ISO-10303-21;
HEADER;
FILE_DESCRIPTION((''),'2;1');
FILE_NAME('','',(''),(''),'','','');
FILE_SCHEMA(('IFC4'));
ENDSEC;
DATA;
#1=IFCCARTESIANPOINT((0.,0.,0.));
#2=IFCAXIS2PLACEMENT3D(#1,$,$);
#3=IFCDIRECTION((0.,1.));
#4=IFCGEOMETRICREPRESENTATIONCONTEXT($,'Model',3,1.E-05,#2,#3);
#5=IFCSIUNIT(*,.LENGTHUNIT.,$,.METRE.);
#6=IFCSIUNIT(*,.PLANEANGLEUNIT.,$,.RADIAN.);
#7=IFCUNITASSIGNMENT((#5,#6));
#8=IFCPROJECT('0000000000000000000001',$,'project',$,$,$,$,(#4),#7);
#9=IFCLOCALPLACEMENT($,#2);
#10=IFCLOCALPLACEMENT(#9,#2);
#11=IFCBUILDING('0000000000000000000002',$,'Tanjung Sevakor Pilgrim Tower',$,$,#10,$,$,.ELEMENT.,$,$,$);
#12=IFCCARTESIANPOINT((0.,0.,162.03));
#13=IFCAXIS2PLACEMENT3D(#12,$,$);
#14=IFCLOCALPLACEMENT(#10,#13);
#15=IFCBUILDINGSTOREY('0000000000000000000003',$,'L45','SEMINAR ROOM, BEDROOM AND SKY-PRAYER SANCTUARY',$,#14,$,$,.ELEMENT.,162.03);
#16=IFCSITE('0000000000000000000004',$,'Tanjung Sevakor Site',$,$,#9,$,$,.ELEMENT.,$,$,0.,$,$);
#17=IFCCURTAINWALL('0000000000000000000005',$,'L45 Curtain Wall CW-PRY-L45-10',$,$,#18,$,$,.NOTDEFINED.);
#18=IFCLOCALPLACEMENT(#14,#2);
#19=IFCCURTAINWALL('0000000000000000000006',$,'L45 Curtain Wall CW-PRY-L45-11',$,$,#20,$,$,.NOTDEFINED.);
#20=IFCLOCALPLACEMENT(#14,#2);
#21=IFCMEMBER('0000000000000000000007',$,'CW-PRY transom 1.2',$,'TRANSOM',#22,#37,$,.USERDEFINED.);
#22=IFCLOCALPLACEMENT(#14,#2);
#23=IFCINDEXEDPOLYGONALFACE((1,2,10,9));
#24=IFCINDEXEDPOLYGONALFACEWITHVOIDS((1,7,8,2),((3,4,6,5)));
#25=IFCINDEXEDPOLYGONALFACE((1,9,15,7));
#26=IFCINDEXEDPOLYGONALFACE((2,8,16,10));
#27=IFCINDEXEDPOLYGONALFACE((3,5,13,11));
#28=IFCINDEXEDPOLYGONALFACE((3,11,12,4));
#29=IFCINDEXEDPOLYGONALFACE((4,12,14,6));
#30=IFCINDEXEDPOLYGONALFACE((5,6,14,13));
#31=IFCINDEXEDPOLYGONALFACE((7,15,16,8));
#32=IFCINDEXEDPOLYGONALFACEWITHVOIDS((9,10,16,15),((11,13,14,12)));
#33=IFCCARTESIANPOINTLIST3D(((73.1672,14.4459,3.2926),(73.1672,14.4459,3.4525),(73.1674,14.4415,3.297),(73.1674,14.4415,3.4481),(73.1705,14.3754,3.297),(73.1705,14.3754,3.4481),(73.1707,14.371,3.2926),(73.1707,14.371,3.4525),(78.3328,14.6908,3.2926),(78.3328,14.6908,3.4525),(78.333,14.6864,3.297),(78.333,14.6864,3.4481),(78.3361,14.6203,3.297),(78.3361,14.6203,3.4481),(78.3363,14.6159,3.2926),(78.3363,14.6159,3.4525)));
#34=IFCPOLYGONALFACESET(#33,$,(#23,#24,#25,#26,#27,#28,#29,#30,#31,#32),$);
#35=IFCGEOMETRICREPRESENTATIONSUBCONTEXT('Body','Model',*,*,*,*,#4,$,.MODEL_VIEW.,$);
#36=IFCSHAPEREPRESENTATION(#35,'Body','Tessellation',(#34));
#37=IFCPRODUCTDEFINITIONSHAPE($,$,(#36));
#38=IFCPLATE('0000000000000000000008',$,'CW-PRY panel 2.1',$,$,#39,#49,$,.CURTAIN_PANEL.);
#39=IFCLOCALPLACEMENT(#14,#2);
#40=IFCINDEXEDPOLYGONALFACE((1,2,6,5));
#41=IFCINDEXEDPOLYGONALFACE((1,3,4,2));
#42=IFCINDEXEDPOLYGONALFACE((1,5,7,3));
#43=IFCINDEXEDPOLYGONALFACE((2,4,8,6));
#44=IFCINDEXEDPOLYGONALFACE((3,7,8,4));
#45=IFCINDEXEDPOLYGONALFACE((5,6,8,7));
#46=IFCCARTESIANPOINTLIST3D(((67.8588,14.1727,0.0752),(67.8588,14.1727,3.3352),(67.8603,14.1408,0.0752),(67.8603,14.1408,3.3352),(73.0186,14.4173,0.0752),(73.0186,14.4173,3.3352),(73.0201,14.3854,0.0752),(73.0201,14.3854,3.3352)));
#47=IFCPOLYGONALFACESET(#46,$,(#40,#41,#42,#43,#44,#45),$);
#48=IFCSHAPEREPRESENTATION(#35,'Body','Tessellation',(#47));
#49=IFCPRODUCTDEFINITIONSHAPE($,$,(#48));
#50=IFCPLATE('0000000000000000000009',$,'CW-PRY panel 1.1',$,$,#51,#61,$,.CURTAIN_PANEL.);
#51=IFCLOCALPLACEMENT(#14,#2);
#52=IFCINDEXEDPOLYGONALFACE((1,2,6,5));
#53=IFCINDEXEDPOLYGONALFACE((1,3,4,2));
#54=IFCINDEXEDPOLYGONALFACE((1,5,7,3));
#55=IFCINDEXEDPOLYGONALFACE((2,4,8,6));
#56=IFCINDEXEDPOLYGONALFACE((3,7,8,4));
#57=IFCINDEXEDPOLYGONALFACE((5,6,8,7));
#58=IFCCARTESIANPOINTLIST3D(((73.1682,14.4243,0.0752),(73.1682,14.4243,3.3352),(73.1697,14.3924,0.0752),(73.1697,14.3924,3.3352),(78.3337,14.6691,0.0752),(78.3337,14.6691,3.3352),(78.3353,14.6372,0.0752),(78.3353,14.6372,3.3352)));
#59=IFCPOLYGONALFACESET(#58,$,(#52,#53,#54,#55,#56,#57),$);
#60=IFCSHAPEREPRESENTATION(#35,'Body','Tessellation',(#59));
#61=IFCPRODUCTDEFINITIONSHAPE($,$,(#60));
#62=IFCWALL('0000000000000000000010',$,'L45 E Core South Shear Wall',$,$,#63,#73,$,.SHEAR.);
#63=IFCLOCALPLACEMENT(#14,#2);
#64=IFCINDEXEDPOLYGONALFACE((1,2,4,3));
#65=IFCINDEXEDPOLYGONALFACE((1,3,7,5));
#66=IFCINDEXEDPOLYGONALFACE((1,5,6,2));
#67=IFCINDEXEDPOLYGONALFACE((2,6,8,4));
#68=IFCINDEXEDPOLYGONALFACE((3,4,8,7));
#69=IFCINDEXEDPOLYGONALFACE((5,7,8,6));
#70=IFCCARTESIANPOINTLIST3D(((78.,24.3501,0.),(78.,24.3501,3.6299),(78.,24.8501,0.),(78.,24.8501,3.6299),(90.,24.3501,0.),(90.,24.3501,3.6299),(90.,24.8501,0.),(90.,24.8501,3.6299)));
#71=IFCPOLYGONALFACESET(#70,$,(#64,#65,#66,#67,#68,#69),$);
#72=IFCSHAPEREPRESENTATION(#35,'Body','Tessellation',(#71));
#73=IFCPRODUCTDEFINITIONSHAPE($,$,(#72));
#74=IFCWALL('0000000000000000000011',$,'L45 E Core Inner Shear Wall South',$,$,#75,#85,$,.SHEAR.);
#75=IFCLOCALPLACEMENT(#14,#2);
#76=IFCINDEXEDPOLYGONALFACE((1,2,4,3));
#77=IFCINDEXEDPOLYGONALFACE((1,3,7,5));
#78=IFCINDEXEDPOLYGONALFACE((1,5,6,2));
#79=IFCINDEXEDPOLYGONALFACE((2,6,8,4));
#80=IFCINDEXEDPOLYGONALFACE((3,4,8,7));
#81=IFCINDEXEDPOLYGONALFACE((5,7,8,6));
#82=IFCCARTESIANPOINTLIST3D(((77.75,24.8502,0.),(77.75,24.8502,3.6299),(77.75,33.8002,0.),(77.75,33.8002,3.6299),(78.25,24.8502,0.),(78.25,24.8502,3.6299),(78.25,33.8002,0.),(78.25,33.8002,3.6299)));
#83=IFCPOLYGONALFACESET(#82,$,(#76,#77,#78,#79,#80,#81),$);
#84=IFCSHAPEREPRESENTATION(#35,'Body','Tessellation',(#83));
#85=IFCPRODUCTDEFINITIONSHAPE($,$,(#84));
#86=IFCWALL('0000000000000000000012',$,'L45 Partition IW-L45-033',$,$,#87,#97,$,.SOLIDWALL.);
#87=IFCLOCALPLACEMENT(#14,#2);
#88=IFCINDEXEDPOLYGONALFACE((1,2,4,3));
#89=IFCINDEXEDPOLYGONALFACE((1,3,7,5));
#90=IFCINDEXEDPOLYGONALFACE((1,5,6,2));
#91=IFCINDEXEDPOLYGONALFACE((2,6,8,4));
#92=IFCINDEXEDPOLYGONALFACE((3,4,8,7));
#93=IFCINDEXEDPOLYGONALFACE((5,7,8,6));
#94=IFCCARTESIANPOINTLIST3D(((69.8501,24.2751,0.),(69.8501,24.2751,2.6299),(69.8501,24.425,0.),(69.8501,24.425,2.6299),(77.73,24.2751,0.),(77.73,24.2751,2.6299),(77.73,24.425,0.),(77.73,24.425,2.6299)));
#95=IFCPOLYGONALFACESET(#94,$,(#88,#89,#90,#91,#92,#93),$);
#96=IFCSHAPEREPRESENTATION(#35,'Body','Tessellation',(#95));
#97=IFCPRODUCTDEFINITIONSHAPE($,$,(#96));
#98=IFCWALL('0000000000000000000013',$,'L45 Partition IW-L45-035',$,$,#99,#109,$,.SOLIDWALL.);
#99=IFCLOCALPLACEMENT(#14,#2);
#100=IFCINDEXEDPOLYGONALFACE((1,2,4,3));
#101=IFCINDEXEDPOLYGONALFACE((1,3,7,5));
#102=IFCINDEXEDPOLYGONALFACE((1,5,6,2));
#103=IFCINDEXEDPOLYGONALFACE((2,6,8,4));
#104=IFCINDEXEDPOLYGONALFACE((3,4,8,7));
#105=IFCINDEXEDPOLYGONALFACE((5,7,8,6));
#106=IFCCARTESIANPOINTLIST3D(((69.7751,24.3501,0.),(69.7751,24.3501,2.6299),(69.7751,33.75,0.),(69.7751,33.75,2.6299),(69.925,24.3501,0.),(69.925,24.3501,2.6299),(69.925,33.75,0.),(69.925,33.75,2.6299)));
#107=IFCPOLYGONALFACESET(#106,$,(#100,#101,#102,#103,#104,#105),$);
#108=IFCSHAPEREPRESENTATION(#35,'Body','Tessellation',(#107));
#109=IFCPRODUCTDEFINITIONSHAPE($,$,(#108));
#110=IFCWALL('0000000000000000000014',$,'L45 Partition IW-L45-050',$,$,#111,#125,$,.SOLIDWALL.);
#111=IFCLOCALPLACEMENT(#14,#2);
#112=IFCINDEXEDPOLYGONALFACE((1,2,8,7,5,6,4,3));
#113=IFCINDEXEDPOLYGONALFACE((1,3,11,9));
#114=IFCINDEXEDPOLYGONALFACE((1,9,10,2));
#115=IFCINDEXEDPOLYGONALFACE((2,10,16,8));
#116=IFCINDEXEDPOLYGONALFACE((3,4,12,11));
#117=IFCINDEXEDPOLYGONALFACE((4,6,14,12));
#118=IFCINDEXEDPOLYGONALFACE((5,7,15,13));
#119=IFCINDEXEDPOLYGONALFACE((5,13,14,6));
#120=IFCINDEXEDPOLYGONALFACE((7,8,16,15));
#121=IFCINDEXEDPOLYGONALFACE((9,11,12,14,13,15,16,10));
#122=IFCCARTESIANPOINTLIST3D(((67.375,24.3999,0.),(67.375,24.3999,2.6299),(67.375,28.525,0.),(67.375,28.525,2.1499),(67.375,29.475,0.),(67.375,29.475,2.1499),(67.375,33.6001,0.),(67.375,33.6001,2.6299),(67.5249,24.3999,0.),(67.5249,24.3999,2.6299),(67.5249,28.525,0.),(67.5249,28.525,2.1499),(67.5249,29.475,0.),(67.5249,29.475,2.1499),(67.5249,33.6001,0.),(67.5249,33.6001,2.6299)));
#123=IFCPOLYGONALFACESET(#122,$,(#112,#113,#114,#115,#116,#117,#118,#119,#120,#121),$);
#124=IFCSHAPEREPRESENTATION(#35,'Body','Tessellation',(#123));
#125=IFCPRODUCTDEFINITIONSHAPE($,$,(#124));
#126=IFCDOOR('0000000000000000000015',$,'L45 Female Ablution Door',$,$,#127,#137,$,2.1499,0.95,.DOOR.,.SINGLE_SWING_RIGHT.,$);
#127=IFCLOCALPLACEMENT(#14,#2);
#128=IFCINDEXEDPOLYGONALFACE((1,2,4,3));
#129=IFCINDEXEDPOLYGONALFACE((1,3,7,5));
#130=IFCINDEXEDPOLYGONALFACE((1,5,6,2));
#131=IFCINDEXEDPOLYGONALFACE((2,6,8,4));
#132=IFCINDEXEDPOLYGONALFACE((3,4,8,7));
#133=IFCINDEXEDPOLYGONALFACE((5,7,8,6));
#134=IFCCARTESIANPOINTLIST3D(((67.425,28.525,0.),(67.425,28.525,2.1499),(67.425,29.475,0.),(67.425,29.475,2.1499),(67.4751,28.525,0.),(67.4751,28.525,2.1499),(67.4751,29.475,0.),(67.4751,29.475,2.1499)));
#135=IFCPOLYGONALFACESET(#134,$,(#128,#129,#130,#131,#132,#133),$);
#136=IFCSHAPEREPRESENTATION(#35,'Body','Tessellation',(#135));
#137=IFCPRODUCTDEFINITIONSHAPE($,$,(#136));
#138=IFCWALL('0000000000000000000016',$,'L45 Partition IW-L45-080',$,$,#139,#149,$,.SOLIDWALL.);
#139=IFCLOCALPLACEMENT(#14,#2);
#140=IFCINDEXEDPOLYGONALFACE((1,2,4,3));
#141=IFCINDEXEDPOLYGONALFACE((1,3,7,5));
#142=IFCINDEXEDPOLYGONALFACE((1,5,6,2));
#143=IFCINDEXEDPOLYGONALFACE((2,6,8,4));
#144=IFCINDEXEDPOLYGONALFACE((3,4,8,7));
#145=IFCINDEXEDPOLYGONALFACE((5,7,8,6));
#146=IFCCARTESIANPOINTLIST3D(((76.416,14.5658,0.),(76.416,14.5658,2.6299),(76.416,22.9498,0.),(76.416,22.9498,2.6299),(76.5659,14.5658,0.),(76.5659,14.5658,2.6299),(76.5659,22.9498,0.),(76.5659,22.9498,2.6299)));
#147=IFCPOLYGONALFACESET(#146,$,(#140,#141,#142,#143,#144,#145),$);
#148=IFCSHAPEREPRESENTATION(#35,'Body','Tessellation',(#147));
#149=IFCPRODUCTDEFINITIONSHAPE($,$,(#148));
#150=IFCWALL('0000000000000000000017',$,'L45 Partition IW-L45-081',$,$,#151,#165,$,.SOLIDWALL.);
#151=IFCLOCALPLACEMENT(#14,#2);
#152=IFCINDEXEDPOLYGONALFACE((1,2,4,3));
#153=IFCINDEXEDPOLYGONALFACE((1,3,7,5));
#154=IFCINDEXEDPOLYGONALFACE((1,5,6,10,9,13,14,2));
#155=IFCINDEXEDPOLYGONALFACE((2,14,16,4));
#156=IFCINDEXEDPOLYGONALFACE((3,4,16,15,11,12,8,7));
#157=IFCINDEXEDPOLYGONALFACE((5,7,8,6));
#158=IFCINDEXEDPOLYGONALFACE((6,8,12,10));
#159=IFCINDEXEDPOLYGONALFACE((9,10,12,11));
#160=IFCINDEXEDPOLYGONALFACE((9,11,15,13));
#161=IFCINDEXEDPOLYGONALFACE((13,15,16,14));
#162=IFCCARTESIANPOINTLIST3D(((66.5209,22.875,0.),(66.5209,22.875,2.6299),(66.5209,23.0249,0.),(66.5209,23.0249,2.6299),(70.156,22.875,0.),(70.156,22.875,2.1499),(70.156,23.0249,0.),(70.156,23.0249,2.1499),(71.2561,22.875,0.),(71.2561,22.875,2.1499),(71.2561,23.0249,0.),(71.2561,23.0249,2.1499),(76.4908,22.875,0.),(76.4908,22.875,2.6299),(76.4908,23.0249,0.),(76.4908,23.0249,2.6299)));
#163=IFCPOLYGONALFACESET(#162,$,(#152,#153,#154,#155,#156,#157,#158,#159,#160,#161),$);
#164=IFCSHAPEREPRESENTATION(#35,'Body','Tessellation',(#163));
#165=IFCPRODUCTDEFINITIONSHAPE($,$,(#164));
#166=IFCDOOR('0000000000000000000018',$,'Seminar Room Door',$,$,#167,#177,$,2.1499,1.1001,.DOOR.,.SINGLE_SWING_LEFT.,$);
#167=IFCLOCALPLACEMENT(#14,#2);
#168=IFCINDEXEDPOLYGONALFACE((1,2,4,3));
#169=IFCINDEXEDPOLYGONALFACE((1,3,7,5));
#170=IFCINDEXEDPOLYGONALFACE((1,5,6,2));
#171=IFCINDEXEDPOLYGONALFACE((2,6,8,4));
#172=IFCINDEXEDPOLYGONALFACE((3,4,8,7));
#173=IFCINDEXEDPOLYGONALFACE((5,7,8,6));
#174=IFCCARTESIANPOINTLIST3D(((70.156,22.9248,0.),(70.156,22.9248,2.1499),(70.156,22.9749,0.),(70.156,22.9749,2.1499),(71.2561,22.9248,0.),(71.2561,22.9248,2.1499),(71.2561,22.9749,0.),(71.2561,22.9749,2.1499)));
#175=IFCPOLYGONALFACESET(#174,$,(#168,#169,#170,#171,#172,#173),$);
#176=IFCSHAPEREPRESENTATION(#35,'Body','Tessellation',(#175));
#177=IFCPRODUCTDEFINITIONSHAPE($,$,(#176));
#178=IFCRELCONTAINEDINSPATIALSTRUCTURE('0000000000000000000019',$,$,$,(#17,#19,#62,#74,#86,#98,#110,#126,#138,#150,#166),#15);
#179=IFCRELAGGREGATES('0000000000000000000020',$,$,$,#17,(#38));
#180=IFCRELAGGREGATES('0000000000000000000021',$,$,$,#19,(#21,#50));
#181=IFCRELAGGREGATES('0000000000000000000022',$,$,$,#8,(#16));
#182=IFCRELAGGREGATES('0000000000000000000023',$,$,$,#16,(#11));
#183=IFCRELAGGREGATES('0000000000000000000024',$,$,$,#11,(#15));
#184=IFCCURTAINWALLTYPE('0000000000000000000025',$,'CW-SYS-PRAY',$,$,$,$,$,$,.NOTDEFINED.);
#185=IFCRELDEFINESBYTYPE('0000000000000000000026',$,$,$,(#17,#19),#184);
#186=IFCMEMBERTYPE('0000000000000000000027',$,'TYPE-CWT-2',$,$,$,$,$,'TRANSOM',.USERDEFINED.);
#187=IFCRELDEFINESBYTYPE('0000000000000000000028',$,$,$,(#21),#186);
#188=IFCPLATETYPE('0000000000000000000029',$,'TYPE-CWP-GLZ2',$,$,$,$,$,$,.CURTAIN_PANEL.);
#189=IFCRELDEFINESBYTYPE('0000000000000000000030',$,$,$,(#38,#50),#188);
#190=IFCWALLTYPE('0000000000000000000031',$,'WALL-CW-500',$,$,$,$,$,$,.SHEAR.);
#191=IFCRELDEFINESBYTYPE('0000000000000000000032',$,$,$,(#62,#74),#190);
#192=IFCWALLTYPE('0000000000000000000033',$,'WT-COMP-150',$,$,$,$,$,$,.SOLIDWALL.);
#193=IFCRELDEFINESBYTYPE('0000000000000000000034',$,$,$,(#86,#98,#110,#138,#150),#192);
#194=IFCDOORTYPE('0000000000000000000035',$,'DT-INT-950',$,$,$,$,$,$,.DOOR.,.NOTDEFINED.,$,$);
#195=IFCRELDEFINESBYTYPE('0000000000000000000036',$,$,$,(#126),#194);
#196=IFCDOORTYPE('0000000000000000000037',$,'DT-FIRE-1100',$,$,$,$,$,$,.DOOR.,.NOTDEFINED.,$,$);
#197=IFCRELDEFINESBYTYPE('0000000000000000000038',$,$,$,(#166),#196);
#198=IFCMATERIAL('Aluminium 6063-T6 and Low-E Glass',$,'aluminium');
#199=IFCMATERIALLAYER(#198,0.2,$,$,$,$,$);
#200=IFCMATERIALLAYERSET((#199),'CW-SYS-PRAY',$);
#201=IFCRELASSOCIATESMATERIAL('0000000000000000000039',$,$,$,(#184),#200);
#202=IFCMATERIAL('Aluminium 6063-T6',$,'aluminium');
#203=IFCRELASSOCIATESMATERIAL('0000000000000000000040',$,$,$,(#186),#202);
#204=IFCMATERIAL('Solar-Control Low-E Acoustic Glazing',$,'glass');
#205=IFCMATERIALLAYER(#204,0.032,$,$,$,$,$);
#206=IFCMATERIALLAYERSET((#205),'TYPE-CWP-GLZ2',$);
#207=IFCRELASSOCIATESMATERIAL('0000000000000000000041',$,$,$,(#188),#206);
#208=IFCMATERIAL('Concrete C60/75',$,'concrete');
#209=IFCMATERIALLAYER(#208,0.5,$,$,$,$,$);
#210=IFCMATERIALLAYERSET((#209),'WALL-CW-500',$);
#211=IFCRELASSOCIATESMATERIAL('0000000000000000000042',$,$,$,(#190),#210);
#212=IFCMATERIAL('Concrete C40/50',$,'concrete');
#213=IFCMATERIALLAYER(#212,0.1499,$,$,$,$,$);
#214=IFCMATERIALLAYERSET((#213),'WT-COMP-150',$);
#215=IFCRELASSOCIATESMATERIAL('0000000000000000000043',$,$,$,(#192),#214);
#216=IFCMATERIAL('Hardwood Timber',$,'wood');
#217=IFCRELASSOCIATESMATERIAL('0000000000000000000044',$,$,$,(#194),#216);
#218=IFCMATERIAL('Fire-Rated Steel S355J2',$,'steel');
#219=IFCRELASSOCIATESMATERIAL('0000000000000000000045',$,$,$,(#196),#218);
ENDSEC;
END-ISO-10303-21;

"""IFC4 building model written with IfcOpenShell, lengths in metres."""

from ifc_helpers import new_model, si_unit, direction, frame, frame_2d, origin, origin_2d, place, context, subcontext, project, spatial, rectangle, hollow_rectangle, extrude, material, layer, layer_set, material_profile, profile_set, type_object, element, fill, aggregate, save


model = new_model("IFC4")

# Units and contexts
model_context = context("Model", 3, precision=1e-05, world=origin(), true_north=direction((0.0, 1.0)))
body_context = subcontext(model_context, "Body", "Model", "MODEL_VIEW")
ifc_project = project(units=[si_unit("LENGTHUNIT", "METRE"), si_unit("PLANEANGLEUNIT", "RADIAN")], contexts=[model_context])

# Site, building, storey
site_placement = place(None, origin())
site = spatial("IfcSite", under=ifc_project, at=site_placement, Name="Tanjung Sevakor Site", CompositionType="ELEMENT", RefElevation=0.0)
building_placement = place(site_placement, origin())
building = spatial("IfcBuilding", under=site, at=building_placement, Name="Tanjung Sevakor Pilgrim Tower", CompositionType="ELEMENT")
storey_placement = place(building_placement, frame((0.0, 0.0, 162.03)))
storey = spatial("IfcBuildingStorey", under=building, at=storey_placement, Name="L45", Description="SEMINAR ROOM, BEDROOM AND SKY-PRAYER SANCTUARY", CompositionType="ELEMENT", Elevation=162.03)

# Curtain wall
ifc_material_1 = material(Name="Aluminium 6063-T6 and Low-E Glass", Category="aluminium")
ifc_layer_1 = layer(ifc_material_1, 0.2)
ifc_layer_set_1 = layer_set([ifc_layer_1], Name="CW-SYS-PRAY")
curtain_wall_type = type_object("IfcCurtainWallType", Name="CW-SYS-PRAY", PredefinedType="NOTDEFINED", material=ifc_layer_set_1)
curtain_wall_1_placement = place(storey_placement, origin())
curtain_wall_1 = element("IfcCurtainWall", 1, at=curtain_wall_1_placement, inside=storey, type_object=curtain_wall_type, Name="L45 Curtain Wall CW-PRY-L45-10", PredefinedType="NOTDEFINED")

# Curtain wall
curtain_wall_2_placement = place(storey_placement, origin())
curtain_wall_2 = element("IfcCurtainWall", 2, at=curtain_wall_2_placement, inside=storey, type_object=curtain_wall_type, Name="L45 Curtain Wall CW-PRY-L45-11", PredefinedType="NOTDEFINED")

# Member
ifc_material_2 = material(Name="Aluminium 6063-T6", Category="aluminium")
ifc_material_profile_1 = material_profile(ifc_material_2, hollow_rectangle(XDim=0.075, YDim=0.1599, WallThickness=0.0044, at=origin_2d()))
ifc_profile_set_1 = profile_set([ifc_material_profile_1], Name="Aluminium 6063-T6")
member_type_1 = type_object("IfcMemberType", Name="TYPE-CWT-2", ElementType="TRANSOM", PredefinedType="USERDEFINED", material=ifc_profile_set_1)
member_1_placement = place(storey_placement, frame((73.1689, 14.4084, 3.3726), z_axis=(0.998878, 0.047352, 0.0), x_axis=(-0.047352, 0.998878, 0.0)))
member_1 = element("IfcMember", 3, at=member_1_placement, type_object=member_type_1, Name="CW-PRY transom 1.2", ObjectType="TRANSOM", PredefinedType="USERDEFINED", context=body_context, shape_type="SweptSolid", body=[
    extrude(hollow_rectangle(XDim=0.075, YDim=0.1599, WallThickness=0.0044, at=origin_2d()), origin(), (0.0, 0.0, 1.0), 5.1714),
])

# Plates
ifc_material_3 = material(Name="Solar-Control Low-E Acoustic Glazing", Category="glass")
ifc_layer_2 = layer(ifc_material_3, 0.032)
ifc_layer_set_2 = layer_set([ifc_layer_2], Name="TYPE-CWP-GLZ2")
plate_type = type_object("IfcPlateType", Name="TYPE-CWP-GLZ2", PredefinedType="CURTAIN_PANEL", material=ifc_layer_set_2)
plate_1_placement = place(storey_placement, frame((70.4395, 14.2791, 0.0752), z_axis=(0.0, 0.0, 1.0), x_axis=(0.998878, 0.047348, 0.0)))
plate_1 = element("IfcPlate", 4, at=plate_1_placement, type_object=plate_type, Name="CW-PRY panel 2.1", PredefinedType="CURTAIN_PANEL", context=body_context, shape_type="SweptSolid", body=[
    extrude(rectangle(XDim=5.1655, YDim=0.032, at=origin_2d()), origin(), (0.0, 0.0, 1.0), 3.26),
])
aggregate(curtain_wall_1, [plate_1])
plate_2_placement = place(storey_placement, frame((75.7517, 14.5308, 0.0752), z_axis=(0.0, 0.0, 1.0), x_axis=(0.998879, 0.047333, 0.0)))
plate_2 = element("IfcPlate", 5, at=plate_2_placement, type_object=plate_type, Name="CW-PRY panel 1.1", PredefinedType="CURTAIN_PANEL", context=body_context, shape_type="SweptSolid", body=[
    extrude(rectangle(XDim=5.1714, YDim=0.032, at=origin_2d()), origin(), (0.0, 0.0, 1.0), 3.26),
])
aggregate(curtain_wall_2, [member_1, plate_2])

# Walls
ifc_material_4 = material(Name="Concrete C60/75", Category="concrete")
ifc_layer_3 = layer(ifc_material_4, 0.5)
ifc_layer_set_3 = layer_set([ifc_layer_3], Name="WALL-CW-500")
wall_type_1 = type_object("IfcWallType", Name="WALL-CW-500", PredefinedType="SHEAR", material=ifc_layer_set_3)
wall_1_placement = place(storey_placement, frame((78.0, 24.6001, 0.0), z_axis=(0.0, 0.0, 1.0), x_axis=(1.0, 0.0, 0.0)))
element("IfcWall", 6, at=wall_1_placement, inside=storey, type_object=wall_type_1, Name="L45 E Core South Shear Wall", PredefinedType="SHEAR", context=body_context, shape_type="SweptSolid", body=[
    extrude(rectangle(XDim=12.0, YDim=0.5, at=frame_2d((6.0, 0.0))), origin(), (0.0, 0.0, 1.0), 3.6299),
])
wall_2_placement = place(storey_placement, frame((78.0, 24.8501, 0.0), z_axis=(0.0, 0.0, 1.0), x_axis=(0.0, 1.0, 0.0)))
element("IfcWall", 7, at=wall_2_placement, inside=storey, type_object=wall_type_1, Name="L45 E Core Inner Shear Wall South", PredefinedType="SHEAR", context=body_context, shape_type="SweptSolid", body=[
    extrude(rectangle(XDim=8.95, YDim=0.5, at=frame_2d((4.4751, 0.0))), origin(), (0.0, 0.0, 1.0), 3.6299),
])
ifc_material_5 = material(Name="Concrete C40/50", Category="concrete")
ifc_layer_4 = layer(ifc_material_5, 0.1499)
ifc_layer_set_4 = layer_set([ifc_layer_4], Name="WT-COMP-150")
wall_type_2 = type_object("IfcWallType", Name="WT-COMP-150", PredefinedType="SOLIDWALL", material=ifc_layer_set_4)
wall_3_placement = place(storey_placement, frame((69.8501, 24.3501, 0.0), z_axis=(0.0, 0.0, 1.0), x_axis=(1.0, 0.0, 0.0)))
element("IfcWall", 8, at=wall_3_placement, inside=storey, type_object=wall_type_2, Name="L45 Partition IW-L45-033", PredefinedType="SOLIDWALL", context=body_context, shape_type="SweptSolid", body=[
    extrude(rectangle(XDim=7.8799, YDim=0.1499, at=frame_2d((3.9399, 0.0))), origin(), (0.0, 0.0, 1.0), 2.6299),
])
wall_4_placement = place(storey_placement, frame((69.8501, 24.3501, 0.0), z_axis=(0.0, 0.0, 1.0), x_axis=(0.0, 1.0, 0.0)))
element("IfcWall", 9, at=wall_4_placement, inside=storey, type_object=wall_type_2, Name="L45 Partition IW-L45-035", PredefinedType="SOLIDWALL", context=body_context, shape_type="SweptSolid", body=[
    extrude(rectangle(XDim=9.3999, YDim=0.1499, at=frame_2d((4.7, 0.0))), origin(), (0.0, 0.0, 1.0), 2.6299),
])

# Wall, opening, door
wall_5_placement = place(storey_placement, frame((67.45, 24.3999, 0.0), z_axis=(0.0, 0.0, 1.0), x_axis=(0.0, 1.0, 0.0)))
wall_5 = element("IfcWall", 10, at=wall_5_placement, inside=storey, type_object=wall_type_2, Name="L45 Partition IW-L45-050", PredefinedType="SOLIDWALL", context=body_context, shape_type="SweptSolid", body=[
    extrude(rectangle(XDim=9.2002, YDim=0.1499, at=frame_2d((4.6001, 0.0))), origin(), (0.0, 0.0, 1.0), 2.6299),
])
opening_1_placement = place(wall_5_placement, frame((4.125, 0.0, 0.0)))
opening_1 = element("IfcOpeningElement", 11, at=opening_1_placement, cuts=wall_5, PredefinedType="OPENING", context=body_context, shape_type="SweptSolid", body=[
    extrude(rectangle(XDim=0.95, YDim=2.1499, at=frame_2d((0.4751, 1.075))), frame((0.0, 0.085, 0.0), z_axis=(0.0, -1.0, 0.0), x_axis=(1.0, 0.0, 0.0)), (0.0, 0.0, 1.0), 0.1699),
])
ifc_material_6 = material(Name="Hardwood Timber", Category="wood")
door_type_1 = type_object("IfcDoorType", Name="DT-INT-950", OperationType="NOTDEFINED", PredefinedType="DOOR", material=ifc_material_6)
door_1_placement = place(opening_1_placement, origin())
door_1 = element("IfcDoor", 12, at=door_1_placement, inside=storey, type_object=door_type_1, Name="L45 Female Ablution Door", OperationType="SINGLE_SWING_RIGHT", OverallHeight=2.1499, OverallWidth=0.95, PredefinedType="DOOR", context=body_context, shape_type="SweptSolid", body=[
    extrude(rectangle(XDim=0.95, YDim=2.1499, at=frame_2d((0.4751, 1.075))), frame((0.0, 0.0249, 0.0), z_axis=(0.0, -1.0, 0.0), x_axis=(1.0, 0.0, 0.0)), (0.0, 0.0, 1.0), 0.05),
])
fill(opening_1, door_1)

# Wall
wall_6_placement = place(storey_placement, frame((76.491, 14.5659, 0.0), z_axis=(0.0, 0.0, 1.0), x_axis=(0.0, 1.0, 0.0)))
element("IfcWall", 13, at=wall_6_placement, inside=storey, type_object=wall_type_2, Name="L45 Partition IW-L45-080", PredefinedType="SOLIDWALL", context=body_context, shape_type="SweptSolid", body=[
    extrude(rectangle(XDim=8.384, YDim=0.1499, at=frame_2d((4.1919, 0.0))), origin(), (0.0, 0.0, 1.0), 2.6299),
])

# Wall, opening, door
wall_7_placement = place(storey_placement, frame((66.521, 22.95, 0.0), z_axis=(0.0, 0.0, 1.0), x_axis=(1.0, 0.0, 0.0)))
wall_7 = element("IfcWall", 14, at=wall_7_placement, inside=storey, type_object=wall_type_2, Name="L45 Partition IW-L45-081", PredefinedType="SOLIDWALL", context=body_context, shape_type="SweptSolid", body=[
    extrude(rectangle(XDim=9.97, YDim=0.1499, at=frame_2d((4.9849, 0.0))), origin(), (0.0, 0.0, 1.0), 2.6299),
])
opening_2_placement = place(wall_7_placement, frame((3.635, 0.0, 0.0)))
opening_2 = element("IfcOpeningElement", 15, at=opening_2_placement, cuts=wall_7, PredefinedType="OPENING", context=body_context, shape_type="SweptSolid", body=[
    extrude(rectangle(XDim=1.1001, YDim=2.1499, at=frame_2d((0.55, 1.075))), frame((0.0, 0.085, 0.0), z_axis=(0.0, -1.0, 0.0), x_axis=(1.0, 0.0, 0.0)), (0.0, 0.0, 1.0), 0.1699),
])
ifc_material_7 = material(Name="Fire-Rated Steel S355J2", Category="steel")
door_type_2 = type_object("IfcDoorType", Name="DT-FIRE-1100", OperationType="NOTDEFINED", PredefinedType="DOOR", material=ifc_material_7)
door_2_placement = place(opening_2_placement, origin())
door_2 = element("IfcDoor", 16, at=door_2_placement, inside=storey, type_object=door_type_2, Name="Seminar Room Door", OperationType="SINGLE_SWING_LEFT", OverallHeight=2.1499, OverallWidth=1.1001, PredefinedType="DOOR", context=body_context, shape_type="SweptSolid", body=[
    extrude(rectangle(XDim=1.1001, YDim=2.1499, at=frame_2d((0.55, 1.075))), frame((0.0, 0.0249, 0.0), z_axis=(0.0, -1.0, 0.0), x_axis=(1.0, 0.0, 0.0)), (0.0, 0.0, 1.0), 0.05),
])
fill(opening_2, door_2)

save(model, "model.ifc")
